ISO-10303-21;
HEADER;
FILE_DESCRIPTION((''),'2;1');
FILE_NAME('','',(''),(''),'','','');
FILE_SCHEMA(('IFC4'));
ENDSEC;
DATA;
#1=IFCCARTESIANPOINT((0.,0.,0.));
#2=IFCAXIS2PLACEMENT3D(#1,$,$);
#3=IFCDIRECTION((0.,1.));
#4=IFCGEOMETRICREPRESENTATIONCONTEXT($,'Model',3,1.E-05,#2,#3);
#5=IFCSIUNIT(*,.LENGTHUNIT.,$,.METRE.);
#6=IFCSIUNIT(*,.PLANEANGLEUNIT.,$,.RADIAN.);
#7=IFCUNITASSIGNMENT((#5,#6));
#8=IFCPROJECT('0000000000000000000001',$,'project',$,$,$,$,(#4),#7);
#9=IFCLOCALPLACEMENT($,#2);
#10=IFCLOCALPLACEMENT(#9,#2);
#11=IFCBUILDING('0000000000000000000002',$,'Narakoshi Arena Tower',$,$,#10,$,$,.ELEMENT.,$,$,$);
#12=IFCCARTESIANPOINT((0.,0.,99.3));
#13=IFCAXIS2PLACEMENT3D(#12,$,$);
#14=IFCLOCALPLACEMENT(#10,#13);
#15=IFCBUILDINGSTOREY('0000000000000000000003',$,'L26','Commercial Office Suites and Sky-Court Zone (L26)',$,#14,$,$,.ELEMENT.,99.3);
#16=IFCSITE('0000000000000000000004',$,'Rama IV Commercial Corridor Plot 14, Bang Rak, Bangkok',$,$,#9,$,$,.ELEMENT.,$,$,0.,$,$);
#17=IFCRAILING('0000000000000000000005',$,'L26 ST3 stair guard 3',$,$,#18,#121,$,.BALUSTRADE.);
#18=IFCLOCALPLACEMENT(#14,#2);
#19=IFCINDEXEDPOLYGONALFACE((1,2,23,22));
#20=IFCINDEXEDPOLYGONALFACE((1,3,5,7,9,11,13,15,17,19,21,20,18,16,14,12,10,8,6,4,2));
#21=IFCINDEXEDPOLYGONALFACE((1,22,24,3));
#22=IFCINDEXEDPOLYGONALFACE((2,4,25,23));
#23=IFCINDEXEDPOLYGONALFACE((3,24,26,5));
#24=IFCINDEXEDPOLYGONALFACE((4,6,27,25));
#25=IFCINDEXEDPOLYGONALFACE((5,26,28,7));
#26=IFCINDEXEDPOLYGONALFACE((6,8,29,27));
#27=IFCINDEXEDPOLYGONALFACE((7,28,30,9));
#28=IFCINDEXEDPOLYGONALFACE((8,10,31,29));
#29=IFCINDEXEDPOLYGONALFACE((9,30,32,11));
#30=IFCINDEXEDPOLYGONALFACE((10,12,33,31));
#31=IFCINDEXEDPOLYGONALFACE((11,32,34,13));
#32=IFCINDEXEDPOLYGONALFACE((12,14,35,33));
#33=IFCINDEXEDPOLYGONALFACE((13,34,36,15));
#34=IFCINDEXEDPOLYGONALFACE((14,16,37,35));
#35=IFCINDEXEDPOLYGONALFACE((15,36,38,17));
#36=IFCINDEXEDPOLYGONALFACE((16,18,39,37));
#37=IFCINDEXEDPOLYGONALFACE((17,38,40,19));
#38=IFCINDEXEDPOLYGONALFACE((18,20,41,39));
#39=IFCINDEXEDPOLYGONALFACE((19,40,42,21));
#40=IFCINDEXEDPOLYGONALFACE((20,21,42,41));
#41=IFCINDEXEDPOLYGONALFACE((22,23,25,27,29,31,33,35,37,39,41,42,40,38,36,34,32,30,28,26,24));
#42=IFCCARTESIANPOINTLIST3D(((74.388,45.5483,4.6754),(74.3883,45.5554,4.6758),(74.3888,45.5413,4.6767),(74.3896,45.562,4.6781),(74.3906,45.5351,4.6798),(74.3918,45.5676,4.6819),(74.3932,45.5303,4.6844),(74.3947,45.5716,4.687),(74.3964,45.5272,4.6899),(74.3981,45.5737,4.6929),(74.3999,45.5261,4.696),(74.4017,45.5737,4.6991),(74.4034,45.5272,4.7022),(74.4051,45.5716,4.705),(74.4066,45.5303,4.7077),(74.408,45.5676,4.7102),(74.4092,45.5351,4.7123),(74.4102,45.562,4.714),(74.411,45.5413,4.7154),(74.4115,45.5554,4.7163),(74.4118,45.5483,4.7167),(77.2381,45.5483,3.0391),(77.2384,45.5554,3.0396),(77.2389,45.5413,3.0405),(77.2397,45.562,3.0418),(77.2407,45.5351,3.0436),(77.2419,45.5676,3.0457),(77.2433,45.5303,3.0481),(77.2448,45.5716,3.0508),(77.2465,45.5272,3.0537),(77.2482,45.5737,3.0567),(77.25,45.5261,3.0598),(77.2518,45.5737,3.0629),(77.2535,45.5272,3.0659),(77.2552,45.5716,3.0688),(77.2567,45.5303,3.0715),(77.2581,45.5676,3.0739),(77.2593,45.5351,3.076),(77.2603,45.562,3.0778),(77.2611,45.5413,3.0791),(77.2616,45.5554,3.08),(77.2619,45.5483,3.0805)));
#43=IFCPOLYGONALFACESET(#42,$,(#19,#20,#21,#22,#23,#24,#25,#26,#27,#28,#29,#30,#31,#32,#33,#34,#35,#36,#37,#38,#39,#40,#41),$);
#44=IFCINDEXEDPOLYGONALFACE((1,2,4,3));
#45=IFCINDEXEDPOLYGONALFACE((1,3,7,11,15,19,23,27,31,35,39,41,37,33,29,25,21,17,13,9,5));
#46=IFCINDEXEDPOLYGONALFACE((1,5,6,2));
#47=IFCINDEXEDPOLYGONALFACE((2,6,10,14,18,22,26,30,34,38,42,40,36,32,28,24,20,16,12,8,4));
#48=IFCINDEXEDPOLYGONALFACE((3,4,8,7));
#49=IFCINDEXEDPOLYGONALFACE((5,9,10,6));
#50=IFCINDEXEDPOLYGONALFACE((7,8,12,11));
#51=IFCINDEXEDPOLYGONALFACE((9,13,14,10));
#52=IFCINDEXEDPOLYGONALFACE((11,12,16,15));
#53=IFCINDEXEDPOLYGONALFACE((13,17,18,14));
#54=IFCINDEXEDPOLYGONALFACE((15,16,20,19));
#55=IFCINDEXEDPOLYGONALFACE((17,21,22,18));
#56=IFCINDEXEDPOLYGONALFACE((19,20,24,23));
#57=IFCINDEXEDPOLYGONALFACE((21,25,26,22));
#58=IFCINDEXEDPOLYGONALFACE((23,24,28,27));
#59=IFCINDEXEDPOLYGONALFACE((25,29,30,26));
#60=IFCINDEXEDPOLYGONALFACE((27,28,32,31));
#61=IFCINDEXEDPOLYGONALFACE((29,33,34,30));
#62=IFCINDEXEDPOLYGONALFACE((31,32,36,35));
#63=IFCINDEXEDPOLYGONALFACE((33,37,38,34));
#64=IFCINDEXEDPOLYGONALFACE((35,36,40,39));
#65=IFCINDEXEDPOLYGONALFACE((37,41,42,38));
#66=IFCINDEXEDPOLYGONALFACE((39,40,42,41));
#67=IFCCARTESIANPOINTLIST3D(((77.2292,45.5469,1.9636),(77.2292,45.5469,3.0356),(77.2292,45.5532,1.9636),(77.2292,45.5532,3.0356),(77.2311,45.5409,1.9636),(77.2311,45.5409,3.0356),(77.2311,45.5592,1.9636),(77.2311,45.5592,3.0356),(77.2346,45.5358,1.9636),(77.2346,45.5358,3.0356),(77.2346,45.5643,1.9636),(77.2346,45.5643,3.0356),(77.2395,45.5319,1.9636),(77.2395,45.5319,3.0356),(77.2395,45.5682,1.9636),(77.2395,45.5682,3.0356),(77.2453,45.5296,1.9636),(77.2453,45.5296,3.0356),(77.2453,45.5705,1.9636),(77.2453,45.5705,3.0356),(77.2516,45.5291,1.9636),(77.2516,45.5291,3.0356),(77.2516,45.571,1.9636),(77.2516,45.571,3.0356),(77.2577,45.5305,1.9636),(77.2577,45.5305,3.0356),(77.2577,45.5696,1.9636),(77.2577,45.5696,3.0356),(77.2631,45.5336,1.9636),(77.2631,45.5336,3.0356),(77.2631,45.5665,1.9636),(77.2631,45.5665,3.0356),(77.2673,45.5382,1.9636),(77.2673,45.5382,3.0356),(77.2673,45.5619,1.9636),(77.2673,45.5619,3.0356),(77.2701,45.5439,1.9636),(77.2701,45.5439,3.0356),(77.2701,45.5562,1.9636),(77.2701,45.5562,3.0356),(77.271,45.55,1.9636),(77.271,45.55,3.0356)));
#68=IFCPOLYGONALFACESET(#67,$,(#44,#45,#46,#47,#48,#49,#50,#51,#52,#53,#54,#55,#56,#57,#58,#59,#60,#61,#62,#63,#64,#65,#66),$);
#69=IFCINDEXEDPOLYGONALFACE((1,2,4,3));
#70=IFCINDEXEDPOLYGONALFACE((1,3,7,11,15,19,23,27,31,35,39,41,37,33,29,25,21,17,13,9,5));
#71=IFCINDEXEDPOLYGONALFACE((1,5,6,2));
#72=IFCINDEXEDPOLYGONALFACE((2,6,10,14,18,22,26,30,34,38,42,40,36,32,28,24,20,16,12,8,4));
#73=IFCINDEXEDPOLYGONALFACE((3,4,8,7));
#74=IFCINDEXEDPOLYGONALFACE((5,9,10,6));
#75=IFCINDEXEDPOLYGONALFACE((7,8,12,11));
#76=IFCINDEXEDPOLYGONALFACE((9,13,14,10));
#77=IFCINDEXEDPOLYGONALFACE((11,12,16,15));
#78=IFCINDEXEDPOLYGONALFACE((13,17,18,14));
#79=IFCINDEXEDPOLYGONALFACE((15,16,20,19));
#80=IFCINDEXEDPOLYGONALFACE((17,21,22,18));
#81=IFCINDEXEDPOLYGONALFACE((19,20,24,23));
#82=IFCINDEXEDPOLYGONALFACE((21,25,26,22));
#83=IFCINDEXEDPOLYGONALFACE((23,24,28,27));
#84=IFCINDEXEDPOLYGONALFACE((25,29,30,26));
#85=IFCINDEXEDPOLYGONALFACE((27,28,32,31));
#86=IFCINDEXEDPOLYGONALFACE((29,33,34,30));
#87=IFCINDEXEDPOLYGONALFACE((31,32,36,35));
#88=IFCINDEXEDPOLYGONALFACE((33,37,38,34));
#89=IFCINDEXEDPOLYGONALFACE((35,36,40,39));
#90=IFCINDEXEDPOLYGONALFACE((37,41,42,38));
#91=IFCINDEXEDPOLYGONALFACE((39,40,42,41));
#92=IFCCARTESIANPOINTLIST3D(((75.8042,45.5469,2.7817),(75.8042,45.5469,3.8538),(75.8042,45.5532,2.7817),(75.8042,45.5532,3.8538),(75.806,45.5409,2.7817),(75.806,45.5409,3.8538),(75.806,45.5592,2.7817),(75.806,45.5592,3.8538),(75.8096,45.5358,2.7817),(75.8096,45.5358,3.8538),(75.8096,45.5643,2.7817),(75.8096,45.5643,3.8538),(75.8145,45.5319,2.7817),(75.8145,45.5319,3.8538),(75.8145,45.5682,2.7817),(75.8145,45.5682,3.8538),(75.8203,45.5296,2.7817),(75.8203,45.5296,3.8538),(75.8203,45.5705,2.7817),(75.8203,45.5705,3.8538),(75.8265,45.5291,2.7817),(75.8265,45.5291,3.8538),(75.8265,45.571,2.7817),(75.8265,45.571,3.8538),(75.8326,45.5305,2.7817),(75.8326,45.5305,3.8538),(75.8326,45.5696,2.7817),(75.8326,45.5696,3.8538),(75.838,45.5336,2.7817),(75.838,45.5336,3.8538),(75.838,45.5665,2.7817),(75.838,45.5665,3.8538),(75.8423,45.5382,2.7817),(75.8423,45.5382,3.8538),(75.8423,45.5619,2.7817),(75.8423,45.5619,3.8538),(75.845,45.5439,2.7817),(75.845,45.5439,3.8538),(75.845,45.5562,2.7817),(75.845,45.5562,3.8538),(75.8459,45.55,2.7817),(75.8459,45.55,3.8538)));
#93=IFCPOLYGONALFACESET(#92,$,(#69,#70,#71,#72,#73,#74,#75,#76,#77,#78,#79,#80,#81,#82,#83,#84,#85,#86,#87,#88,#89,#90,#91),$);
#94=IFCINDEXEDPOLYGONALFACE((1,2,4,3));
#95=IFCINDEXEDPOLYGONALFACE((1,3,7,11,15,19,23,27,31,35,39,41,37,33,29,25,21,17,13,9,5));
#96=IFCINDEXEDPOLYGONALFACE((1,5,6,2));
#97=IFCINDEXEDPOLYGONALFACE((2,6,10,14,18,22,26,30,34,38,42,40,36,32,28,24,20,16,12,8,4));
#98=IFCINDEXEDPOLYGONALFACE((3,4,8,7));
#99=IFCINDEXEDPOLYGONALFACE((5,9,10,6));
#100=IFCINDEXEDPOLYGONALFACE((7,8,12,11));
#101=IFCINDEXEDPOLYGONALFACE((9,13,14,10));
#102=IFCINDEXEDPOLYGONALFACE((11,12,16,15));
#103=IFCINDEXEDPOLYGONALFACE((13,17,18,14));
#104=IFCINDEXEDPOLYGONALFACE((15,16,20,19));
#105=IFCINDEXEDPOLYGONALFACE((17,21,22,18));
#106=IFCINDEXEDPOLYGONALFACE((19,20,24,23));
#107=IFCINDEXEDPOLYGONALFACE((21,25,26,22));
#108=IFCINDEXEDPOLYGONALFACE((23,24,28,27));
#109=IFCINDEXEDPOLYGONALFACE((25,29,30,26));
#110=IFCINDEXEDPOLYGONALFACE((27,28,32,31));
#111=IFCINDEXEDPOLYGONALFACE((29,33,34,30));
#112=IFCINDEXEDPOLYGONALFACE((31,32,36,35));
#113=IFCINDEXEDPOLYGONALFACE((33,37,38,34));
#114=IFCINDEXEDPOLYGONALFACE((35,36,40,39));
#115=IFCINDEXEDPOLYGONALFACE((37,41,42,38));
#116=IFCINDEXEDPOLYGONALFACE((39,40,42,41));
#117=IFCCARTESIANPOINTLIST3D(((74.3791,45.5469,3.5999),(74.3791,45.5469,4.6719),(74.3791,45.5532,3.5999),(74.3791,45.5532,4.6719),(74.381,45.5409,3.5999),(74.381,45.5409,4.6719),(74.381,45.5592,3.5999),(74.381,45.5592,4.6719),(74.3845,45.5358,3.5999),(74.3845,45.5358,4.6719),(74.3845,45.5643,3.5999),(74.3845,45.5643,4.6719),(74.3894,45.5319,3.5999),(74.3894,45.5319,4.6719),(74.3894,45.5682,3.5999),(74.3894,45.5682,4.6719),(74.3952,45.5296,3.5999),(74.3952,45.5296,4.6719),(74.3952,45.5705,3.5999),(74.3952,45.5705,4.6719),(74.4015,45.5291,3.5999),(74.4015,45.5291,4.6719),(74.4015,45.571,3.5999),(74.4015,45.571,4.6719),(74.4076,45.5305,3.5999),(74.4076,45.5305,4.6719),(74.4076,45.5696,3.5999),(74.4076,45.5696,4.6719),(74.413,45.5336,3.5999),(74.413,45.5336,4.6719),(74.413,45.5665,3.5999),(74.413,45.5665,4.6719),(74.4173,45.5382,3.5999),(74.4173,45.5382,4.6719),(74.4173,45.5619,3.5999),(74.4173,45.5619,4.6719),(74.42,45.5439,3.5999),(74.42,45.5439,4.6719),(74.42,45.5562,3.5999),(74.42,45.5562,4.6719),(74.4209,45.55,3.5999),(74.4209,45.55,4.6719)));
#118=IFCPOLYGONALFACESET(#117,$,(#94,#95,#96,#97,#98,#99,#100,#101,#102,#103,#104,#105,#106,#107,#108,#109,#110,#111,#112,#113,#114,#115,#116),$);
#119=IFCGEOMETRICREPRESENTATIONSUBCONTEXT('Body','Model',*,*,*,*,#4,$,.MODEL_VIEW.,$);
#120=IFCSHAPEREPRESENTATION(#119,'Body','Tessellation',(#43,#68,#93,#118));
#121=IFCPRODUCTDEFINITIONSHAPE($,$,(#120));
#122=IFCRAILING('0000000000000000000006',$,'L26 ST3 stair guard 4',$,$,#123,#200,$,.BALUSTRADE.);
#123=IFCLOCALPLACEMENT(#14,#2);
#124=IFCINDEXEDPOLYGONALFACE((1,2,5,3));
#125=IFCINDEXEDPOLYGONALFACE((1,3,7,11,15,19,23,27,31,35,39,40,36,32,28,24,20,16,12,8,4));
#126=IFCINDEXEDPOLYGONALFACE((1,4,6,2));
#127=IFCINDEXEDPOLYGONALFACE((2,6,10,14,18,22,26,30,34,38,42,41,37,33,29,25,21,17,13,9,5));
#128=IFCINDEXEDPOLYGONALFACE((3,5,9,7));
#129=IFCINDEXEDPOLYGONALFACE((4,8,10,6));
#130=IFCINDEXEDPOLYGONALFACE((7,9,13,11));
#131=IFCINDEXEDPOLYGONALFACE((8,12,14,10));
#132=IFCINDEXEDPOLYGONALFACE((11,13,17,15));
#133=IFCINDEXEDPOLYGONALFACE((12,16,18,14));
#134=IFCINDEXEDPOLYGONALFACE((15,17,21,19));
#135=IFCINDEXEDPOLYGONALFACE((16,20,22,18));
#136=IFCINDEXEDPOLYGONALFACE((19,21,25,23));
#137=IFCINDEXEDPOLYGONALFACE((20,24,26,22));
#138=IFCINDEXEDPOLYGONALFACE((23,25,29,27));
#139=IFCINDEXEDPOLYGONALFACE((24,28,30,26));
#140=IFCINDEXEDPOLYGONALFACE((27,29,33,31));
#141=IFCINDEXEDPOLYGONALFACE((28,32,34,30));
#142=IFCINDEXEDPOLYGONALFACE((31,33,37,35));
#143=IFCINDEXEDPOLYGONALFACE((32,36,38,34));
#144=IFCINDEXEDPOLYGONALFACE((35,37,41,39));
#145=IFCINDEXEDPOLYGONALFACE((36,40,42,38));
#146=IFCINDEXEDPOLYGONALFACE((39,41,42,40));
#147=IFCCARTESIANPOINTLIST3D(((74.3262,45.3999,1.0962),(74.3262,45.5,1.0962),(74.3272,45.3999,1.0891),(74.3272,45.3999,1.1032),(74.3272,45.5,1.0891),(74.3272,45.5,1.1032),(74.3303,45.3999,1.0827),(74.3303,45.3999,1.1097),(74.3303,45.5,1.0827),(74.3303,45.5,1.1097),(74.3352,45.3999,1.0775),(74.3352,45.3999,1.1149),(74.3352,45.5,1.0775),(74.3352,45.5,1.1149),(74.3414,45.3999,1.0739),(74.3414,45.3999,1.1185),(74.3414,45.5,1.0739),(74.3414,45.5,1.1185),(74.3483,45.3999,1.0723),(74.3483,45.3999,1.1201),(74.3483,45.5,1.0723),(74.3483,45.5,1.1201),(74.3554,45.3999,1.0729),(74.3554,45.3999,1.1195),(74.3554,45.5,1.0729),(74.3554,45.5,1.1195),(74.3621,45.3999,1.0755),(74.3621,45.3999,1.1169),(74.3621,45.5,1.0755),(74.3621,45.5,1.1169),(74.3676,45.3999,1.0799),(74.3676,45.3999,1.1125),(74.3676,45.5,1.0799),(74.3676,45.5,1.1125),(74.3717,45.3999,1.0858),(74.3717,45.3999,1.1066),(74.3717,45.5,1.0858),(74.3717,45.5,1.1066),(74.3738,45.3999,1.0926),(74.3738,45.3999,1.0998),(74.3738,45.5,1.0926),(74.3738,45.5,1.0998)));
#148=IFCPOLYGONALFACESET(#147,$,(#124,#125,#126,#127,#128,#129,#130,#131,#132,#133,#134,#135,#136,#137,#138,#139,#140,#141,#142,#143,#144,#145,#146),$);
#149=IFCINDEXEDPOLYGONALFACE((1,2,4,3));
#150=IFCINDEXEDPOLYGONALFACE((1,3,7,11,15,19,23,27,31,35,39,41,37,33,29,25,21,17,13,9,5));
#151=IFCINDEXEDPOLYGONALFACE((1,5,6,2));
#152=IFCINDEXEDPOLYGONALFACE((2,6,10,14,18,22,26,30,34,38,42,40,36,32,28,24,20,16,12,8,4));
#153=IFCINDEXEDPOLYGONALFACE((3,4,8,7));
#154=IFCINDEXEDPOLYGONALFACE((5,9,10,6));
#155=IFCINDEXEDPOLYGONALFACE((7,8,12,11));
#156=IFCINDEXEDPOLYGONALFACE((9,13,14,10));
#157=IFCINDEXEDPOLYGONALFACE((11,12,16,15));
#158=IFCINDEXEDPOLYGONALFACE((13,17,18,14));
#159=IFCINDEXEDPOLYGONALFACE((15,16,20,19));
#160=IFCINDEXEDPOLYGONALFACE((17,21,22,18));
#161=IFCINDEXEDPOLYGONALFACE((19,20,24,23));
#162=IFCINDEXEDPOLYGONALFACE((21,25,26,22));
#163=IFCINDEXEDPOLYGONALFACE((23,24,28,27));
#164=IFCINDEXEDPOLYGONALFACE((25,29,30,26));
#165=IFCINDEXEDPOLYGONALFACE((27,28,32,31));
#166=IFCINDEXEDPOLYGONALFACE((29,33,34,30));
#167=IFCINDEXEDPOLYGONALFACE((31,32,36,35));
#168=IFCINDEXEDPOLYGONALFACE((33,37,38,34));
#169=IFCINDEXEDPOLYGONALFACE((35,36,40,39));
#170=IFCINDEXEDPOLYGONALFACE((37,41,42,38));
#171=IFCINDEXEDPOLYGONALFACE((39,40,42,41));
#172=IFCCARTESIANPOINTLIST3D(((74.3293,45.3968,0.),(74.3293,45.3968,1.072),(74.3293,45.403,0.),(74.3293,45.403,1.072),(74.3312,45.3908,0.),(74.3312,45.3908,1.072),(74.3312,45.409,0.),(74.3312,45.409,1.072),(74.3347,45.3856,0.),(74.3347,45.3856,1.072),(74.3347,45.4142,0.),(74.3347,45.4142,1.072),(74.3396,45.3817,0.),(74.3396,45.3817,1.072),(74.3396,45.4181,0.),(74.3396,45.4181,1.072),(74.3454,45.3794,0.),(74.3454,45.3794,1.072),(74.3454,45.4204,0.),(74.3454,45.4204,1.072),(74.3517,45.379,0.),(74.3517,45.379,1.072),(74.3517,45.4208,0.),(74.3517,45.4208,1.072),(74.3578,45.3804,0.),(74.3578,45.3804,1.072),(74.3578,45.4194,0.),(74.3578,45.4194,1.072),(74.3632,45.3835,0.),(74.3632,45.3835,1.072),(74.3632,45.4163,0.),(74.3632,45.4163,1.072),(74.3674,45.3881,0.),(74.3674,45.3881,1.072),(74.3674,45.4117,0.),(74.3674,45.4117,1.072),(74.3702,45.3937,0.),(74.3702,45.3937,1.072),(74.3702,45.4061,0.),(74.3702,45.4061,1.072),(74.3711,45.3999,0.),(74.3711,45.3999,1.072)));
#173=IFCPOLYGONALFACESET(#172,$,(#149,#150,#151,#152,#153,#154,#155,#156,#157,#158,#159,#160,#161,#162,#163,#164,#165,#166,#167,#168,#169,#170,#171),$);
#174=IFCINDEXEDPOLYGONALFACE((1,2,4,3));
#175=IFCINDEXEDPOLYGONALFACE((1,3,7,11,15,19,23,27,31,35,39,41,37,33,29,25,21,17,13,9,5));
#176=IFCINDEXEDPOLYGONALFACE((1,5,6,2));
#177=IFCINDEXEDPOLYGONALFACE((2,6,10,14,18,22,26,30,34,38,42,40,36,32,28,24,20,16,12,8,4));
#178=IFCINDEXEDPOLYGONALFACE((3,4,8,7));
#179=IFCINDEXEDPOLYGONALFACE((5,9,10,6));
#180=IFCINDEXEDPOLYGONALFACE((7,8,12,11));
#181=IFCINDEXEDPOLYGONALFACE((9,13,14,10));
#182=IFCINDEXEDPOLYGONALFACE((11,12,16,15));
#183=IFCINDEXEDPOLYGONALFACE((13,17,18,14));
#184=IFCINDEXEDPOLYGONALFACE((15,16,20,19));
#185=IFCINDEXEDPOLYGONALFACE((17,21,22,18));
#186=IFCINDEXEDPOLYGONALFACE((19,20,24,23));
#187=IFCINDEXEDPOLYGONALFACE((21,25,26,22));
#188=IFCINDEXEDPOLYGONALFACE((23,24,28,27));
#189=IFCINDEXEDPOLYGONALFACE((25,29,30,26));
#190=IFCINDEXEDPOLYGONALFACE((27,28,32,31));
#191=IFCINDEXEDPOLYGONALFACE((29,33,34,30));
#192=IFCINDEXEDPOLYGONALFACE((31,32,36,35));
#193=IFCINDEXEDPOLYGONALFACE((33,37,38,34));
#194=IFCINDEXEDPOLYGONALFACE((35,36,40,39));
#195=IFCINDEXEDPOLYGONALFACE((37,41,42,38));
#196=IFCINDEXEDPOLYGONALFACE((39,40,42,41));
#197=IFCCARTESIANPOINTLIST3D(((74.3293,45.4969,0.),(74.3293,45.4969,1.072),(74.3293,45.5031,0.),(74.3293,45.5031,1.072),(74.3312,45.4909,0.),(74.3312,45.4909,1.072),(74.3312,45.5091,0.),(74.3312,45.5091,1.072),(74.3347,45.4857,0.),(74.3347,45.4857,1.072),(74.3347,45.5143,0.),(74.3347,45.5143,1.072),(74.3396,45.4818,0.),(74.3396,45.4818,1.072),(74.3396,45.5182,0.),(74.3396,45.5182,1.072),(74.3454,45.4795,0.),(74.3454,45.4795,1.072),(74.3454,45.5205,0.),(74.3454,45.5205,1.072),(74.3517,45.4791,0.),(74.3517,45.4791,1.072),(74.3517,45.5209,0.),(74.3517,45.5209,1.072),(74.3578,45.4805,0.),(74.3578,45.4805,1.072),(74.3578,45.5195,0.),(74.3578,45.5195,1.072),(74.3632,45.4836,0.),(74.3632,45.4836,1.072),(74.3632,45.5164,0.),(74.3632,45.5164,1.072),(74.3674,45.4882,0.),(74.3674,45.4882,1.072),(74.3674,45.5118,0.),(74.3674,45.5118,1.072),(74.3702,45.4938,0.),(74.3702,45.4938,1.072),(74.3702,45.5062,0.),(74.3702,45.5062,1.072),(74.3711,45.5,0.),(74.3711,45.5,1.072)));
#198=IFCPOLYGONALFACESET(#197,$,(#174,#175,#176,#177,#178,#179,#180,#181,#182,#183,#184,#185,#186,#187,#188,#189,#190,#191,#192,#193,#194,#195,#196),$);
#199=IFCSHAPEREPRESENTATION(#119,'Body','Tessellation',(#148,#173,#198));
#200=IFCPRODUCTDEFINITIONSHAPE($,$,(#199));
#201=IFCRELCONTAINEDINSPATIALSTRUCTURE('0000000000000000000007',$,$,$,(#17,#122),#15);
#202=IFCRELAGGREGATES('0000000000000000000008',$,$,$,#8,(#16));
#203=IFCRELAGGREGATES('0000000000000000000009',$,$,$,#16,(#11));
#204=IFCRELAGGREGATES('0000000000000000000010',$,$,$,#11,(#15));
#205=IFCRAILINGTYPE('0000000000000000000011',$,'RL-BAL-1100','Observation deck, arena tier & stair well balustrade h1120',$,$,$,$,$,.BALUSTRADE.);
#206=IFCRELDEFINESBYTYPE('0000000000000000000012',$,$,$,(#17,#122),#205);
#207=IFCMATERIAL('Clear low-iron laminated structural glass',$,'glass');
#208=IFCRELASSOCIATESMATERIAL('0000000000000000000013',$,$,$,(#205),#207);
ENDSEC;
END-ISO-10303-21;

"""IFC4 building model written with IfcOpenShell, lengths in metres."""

from ifc_helpers import new_model, si_unit, direction, frame, origin, origin_2d, place, context, subcontext, project, spatial, circle, extrude, material, type_object, element, save


model = new_model("IFC4")

# Units and contexts
model_context = context("Model", 3, precision=1e-05, world=origin(), true_north=direction((0.0, 1.0)))
body_context = subcontext(model_context, "Body", "Model", "MODEL_VIEW")
ifc_project = project(units=[si_unit("LENGTHUNIT", "METRE"), si_unit("PLANEANGLEUNIT", "RADIAN")], contexts=[model_context])

# Site, building, storey
site_placement = place(None, origin())
site = spatial("IfcSite", under=ifc_project, at=site_placement, Name="Rama IV Commercial Corridor Plot 14, Bang Rak, Bangkok", CompositionType="ELEMENT", RefElevation=0.0)
building_placement = place(site_placement, origin())
building = spatial("IfcBuilding", under=site, at=building_placement, Name="Narakoshi Arena Tower", CompositionType="ELEMENT")
storey_placement = place(building_placement, frame((0.0, 0.0, 99.3)))
storey = spatial("IfcBuildingStorey", under=building, at=storey_placement, Name="L26", Description="Commercial Office Suites and Sky-Court Zone (L26)", CompositionType="ELEMENT", Elevation=99.3)

# Railings
ifc_material_1 = material(Name="Clear low-iron laminated structural glass", Category="glass")
railing_type_1 = type_object("IfcRailingType", Name="RL-BAL-1100", Description="Observation deck, arena tier & stair well balustrade h1120", PredefinedType="BALUSTRADE", material=ifc_material_1)
railing_1_placement = place(storey_placement, frame((77.25, 45.55, 1.9636)))
element("IfcRailing", 1, at=railing_1_placement, inside=storey, type_object=railing_type_1, Name="L26 ST3 stair guard 3", PredefinedType="BALUSTRADE", context=body_context, shape_type="SweptSolid", body=[
    extrude(circle(Radius=0.0239, at=origin_2d()), frame((0.0, 0.0, 1.0962), z_axis=(-0.867245, 0.0, 0.497882), x_axis=(0.0, -1.0, 0.0)), (0.0, 0.0, 1.0), 3.2864),
    extrude(circle(Radius=0.021, at=origin_2d()), origin(), (0.0, 0.0, 1.0), 1.072),
    extrude(circle(Radius=0.021, at=origin_2d()), frame((-1.425, 0.0, 0.8181)), (0.0, 0.0, 1.0), 1.072),
    extrude(circle(Radius=0.021, at=origin_2d()), frame((-2.8501, 0.0, 1.6362)), (0.0, 0.0, 1.0), 1.072),
])
railing_2_placement = place(storey_placement, frame((74.3501, 45.3999, 0.0)))
element("IfcRailing", 2, at=railing_2_placement, inside=storey, type_object=railing_type_1, Name="L26 ST3 stair guard 4", PredefinedType="BALUSTRADE", context=body_context, shape_type="SweptSolid", body=[
    extrude(circle(Radius=0.0239, at=origin_2d()), frame((0.0, 0.0, 1.0962), z_axis=(0.0, 1.0, 0.0), x_axis=(-1.0, 0.0, 0.0)), (0.0, 0.0, 1.0), 0.1001),
    extrude(circle(Radius=0.021, at=origin_2d()), origin(), (0.0, 0.0, 1.0), 1.072),
    extrude(circle(Radius=0.021, at=origin_2d()), frame((0.0, 0.1001, 0.0)), (0.0, 0.0, 1.0), 1.072),
])

save(model, "model.ifc")
